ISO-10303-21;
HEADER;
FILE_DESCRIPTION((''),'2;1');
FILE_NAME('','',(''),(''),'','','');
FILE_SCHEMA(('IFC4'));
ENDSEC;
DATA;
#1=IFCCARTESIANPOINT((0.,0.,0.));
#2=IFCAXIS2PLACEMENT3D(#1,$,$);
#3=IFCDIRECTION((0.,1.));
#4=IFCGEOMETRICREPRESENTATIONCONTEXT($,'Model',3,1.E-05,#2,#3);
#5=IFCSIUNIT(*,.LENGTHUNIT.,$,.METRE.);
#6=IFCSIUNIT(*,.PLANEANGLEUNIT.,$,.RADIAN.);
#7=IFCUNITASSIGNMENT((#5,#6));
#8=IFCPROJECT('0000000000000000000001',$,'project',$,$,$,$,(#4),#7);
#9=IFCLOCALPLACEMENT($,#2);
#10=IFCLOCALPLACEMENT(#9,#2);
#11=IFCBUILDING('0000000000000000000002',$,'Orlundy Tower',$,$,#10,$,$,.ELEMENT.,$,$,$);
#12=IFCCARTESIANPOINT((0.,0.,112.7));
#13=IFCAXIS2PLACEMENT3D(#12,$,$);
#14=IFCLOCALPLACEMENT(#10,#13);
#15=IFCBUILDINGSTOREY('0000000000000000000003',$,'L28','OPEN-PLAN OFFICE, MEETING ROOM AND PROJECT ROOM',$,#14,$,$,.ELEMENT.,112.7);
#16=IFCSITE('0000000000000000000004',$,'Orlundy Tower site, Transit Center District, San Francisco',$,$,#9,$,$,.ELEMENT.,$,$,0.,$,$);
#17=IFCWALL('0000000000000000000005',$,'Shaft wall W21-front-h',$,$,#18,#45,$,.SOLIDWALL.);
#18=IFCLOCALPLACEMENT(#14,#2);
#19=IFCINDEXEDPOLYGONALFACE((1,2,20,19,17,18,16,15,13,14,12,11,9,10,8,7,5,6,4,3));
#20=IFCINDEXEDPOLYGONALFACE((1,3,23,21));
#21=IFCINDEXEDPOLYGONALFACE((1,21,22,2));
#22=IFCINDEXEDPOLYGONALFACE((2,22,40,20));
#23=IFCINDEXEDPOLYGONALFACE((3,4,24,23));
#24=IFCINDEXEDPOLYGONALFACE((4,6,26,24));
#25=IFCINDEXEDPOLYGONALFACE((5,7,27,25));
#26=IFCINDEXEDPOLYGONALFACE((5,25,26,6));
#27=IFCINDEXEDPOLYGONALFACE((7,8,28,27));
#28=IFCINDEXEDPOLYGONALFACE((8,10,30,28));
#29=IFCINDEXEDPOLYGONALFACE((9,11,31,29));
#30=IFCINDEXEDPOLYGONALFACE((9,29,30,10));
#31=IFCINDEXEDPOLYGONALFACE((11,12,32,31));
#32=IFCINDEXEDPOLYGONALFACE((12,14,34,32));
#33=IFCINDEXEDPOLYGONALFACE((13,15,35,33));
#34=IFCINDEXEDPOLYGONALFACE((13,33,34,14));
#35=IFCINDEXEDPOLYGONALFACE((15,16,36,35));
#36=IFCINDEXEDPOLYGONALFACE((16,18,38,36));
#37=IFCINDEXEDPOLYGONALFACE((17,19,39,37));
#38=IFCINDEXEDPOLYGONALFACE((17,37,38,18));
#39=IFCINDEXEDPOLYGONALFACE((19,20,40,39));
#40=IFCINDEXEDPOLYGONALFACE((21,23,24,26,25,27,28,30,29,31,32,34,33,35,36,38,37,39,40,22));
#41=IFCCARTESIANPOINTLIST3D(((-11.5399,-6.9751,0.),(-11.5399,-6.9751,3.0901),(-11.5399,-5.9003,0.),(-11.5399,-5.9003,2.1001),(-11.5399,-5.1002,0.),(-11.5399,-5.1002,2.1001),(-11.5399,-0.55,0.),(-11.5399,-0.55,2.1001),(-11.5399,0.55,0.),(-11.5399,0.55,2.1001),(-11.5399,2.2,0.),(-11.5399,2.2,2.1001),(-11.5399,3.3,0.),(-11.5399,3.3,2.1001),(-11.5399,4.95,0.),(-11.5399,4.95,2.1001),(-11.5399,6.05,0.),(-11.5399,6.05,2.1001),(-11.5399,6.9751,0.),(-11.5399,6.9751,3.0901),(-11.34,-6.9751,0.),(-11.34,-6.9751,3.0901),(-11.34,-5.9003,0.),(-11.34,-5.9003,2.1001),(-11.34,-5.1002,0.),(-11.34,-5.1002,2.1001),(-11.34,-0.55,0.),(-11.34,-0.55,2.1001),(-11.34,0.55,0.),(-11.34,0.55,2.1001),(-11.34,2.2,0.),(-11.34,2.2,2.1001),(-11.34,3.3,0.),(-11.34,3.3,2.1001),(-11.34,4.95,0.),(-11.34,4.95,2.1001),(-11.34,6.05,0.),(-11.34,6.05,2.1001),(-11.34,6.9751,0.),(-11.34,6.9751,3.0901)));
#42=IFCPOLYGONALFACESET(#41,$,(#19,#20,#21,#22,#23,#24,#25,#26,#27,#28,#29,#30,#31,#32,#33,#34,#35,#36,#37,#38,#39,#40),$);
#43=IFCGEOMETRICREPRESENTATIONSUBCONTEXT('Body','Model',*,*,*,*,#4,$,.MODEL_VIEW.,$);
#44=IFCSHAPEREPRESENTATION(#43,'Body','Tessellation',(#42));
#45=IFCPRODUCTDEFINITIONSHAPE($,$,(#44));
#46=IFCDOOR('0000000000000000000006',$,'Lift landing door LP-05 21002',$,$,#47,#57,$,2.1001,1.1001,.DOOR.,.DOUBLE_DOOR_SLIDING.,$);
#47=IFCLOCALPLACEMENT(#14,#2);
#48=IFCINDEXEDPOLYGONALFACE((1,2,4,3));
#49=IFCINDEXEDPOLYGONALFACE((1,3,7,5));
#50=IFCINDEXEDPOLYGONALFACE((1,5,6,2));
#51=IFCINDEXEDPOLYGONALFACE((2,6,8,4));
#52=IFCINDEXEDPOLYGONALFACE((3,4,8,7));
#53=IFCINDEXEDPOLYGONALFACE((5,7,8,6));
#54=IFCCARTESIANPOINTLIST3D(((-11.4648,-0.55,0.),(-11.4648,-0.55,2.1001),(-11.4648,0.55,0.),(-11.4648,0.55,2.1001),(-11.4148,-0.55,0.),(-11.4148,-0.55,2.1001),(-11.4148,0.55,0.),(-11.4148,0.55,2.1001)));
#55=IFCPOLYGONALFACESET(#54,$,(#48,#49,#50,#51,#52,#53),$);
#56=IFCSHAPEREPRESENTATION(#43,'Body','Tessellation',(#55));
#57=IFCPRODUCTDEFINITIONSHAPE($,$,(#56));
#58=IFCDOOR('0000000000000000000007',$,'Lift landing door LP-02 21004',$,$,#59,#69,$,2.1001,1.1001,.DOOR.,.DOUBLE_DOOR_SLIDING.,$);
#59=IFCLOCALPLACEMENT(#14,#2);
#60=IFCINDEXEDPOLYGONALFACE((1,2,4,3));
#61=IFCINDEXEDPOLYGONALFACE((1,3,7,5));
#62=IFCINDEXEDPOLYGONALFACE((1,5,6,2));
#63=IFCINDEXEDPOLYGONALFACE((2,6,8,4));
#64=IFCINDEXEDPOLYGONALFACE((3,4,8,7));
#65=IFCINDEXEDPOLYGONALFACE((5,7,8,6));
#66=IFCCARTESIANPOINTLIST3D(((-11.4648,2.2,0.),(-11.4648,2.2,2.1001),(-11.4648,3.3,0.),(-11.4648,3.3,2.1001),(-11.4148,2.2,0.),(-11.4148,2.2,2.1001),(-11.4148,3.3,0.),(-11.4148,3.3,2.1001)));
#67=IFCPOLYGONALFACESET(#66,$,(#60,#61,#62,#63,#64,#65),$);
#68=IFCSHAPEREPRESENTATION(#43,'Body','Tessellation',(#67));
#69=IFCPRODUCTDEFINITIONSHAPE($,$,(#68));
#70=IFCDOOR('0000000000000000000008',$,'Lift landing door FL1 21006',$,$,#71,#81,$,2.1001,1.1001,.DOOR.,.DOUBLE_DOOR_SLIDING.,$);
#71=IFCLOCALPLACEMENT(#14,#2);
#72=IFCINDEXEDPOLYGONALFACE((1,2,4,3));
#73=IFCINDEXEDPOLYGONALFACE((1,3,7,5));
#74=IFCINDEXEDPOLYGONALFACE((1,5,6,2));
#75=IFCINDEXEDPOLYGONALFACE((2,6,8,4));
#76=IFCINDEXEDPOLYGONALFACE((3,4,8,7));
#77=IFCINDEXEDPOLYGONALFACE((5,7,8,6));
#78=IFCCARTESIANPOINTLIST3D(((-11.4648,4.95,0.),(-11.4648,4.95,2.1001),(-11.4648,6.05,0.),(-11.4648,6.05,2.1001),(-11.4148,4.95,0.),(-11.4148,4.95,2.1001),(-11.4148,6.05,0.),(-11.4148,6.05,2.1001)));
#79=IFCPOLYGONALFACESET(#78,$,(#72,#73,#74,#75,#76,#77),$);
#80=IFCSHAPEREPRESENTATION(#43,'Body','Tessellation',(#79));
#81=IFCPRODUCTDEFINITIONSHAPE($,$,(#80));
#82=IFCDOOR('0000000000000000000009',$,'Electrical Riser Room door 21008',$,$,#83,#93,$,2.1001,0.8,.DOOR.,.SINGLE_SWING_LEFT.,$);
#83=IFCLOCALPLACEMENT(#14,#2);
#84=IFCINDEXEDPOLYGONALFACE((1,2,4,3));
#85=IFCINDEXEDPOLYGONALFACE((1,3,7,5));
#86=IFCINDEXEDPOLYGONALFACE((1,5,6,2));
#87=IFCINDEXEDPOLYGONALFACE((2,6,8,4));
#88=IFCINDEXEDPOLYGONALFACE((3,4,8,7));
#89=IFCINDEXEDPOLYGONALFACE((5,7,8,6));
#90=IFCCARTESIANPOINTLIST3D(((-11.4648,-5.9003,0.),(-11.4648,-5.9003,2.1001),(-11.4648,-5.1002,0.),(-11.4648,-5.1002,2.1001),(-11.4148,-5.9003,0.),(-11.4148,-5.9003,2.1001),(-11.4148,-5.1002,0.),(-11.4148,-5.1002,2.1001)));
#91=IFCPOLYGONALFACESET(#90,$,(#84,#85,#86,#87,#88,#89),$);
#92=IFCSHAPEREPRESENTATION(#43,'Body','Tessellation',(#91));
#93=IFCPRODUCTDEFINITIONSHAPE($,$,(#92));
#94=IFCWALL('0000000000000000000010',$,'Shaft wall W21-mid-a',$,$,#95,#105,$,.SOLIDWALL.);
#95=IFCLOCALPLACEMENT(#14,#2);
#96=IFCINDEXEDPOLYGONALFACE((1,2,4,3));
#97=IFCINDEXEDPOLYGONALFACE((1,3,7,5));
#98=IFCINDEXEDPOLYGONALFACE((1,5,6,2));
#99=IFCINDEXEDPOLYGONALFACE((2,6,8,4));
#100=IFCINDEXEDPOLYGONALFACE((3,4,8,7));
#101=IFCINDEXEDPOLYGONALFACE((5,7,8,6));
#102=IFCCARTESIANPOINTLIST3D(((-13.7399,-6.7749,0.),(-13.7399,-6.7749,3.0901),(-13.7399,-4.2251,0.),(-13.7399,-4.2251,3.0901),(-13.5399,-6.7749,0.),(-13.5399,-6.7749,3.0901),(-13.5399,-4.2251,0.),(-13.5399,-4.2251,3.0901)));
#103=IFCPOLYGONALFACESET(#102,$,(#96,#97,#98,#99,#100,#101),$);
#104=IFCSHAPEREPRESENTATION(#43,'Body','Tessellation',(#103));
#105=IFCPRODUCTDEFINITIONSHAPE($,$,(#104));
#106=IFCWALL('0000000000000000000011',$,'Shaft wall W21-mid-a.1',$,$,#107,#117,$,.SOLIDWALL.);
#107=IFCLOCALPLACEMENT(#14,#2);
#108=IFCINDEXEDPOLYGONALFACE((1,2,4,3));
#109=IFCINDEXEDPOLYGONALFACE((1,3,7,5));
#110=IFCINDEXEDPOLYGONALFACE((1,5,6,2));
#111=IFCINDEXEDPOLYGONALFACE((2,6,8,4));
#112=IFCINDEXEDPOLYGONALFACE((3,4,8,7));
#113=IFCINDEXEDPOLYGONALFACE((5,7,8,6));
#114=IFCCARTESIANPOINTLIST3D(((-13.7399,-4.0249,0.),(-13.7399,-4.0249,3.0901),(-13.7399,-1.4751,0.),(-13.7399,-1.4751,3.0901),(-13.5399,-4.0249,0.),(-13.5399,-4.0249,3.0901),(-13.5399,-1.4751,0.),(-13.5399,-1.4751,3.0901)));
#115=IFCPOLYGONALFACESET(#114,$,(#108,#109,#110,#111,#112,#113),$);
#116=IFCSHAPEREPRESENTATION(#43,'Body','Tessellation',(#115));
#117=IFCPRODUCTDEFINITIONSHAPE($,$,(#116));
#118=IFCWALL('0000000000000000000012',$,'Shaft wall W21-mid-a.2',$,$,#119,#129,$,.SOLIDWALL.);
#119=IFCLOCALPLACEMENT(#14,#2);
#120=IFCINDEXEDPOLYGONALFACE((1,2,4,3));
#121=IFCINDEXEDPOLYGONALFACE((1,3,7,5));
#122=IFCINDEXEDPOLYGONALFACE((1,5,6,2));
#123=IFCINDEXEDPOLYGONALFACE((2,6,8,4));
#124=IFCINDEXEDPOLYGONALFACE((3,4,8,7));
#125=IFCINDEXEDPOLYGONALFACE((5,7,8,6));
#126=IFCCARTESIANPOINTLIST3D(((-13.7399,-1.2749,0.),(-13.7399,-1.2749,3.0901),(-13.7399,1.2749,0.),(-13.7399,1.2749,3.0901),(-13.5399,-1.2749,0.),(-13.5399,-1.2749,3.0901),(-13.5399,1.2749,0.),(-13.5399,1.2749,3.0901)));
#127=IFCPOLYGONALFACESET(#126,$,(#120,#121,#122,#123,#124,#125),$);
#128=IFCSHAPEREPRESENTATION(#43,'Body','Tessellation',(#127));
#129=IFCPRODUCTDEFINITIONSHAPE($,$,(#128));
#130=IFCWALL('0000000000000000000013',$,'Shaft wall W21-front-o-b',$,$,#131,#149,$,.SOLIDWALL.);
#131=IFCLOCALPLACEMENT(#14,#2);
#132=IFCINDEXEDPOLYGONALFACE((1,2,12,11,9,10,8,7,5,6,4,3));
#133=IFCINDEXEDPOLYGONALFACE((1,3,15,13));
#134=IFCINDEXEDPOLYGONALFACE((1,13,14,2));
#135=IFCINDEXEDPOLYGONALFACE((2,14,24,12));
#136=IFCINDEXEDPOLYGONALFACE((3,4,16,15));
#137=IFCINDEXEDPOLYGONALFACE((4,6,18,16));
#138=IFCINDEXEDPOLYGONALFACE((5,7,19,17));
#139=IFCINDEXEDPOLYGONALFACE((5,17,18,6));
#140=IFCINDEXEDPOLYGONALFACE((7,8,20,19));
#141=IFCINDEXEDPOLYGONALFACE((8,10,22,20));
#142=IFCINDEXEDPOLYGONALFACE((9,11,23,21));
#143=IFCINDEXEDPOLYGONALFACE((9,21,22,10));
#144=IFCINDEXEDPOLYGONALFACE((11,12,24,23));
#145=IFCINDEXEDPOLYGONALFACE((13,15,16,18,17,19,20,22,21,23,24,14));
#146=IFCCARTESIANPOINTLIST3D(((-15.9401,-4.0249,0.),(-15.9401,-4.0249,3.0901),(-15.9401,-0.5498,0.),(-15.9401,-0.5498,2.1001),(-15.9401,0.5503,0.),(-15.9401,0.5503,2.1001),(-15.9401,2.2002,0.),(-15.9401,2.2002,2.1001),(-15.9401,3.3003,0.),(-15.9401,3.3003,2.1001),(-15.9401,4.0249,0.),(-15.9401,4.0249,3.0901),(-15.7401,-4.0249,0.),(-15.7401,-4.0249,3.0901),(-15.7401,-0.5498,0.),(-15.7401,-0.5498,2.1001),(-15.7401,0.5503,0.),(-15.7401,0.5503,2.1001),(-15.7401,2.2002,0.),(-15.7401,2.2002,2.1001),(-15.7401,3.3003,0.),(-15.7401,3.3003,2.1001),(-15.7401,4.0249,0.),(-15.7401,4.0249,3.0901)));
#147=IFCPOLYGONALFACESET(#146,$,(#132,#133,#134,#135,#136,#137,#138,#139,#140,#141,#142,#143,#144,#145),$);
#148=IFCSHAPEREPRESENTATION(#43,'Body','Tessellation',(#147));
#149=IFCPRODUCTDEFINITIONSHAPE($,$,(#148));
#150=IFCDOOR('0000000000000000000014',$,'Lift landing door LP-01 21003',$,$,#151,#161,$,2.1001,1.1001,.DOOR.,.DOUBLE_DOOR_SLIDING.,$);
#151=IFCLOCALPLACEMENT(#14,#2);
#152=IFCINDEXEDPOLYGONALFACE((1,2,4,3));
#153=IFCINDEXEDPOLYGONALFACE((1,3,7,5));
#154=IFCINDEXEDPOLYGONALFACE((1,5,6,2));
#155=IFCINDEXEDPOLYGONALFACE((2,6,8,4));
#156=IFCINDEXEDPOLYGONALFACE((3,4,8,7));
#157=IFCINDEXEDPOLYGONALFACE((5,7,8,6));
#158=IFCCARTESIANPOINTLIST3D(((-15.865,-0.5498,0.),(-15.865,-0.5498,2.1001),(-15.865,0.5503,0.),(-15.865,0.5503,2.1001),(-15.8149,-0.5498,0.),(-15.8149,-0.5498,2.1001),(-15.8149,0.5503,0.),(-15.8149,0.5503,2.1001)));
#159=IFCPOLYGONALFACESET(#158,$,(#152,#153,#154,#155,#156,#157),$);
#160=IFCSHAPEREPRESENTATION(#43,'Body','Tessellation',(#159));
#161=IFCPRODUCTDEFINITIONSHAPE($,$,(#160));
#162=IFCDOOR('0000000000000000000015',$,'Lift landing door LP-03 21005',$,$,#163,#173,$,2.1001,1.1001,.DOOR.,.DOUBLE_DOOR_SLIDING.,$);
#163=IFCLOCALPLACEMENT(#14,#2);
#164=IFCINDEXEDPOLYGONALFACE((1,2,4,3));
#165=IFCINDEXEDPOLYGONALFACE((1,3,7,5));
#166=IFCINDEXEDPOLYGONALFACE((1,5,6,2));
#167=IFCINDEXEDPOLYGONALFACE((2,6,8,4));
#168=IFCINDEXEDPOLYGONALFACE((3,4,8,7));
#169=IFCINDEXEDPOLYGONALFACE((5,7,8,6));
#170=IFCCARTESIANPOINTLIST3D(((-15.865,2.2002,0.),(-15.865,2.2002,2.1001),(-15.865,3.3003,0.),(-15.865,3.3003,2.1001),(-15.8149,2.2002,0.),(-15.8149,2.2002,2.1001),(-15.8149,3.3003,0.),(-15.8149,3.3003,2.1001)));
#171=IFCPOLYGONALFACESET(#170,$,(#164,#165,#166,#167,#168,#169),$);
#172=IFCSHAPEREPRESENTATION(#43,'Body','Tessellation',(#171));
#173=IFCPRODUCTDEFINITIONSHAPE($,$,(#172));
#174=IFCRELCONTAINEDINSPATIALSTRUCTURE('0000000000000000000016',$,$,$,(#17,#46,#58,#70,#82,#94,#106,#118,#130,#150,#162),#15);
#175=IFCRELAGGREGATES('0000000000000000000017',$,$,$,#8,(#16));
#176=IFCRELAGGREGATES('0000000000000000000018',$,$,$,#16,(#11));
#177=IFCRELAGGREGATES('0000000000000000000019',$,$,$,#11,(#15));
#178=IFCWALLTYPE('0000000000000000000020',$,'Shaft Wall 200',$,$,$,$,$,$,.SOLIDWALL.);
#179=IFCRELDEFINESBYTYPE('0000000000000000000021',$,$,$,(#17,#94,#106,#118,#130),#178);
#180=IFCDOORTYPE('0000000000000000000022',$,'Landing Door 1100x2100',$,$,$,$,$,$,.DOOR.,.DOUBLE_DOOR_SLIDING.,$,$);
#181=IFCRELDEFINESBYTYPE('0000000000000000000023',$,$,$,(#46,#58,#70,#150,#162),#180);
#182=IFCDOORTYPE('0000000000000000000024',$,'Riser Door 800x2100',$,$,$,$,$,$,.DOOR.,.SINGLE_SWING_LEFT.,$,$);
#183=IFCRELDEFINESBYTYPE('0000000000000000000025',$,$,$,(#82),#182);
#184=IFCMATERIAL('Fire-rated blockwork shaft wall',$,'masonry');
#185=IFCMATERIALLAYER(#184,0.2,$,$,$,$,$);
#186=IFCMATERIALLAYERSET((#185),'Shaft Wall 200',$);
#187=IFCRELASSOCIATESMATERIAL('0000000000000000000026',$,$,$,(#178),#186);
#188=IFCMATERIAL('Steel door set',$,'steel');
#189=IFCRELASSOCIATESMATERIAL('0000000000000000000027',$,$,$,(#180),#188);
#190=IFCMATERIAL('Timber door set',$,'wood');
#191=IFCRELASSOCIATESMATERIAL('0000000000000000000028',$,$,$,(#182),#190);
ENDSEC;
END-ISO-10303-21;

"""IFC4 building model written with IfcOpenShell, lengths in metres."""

from ifc_helpers import new_model, si_unit, direction, frame, frame_2d, origin, place, context, subcontext, project, spatial, rectangle, extrude, material, layer, layer_set, type_object, element, fill, save


model = new_model("IFC4")

# Units and contexts
model_context = context("Model", 3, precision=1e-05, world=origin(), true_north=direction((0.0, 1.0)))
body_context = subcontext(model_context, "Body", "Model", "MODEL_VIEW")
ifc_project = project(units=[si_unit("LENGTHUNIT", "METRE"), si_unit("PLANEANGLEUNIT", "RADIAN")], contexts=[model_context])

# Site, building, storey
site_placement = place(None, origin())
site = spatial("IfcSite", under=ifc_project, at=site_placement, Name="Orlundy Tower site, Transit Center District, San Francisco", CompositionType="ELEMENT", RefElevation=0.0)
building_placement = place(site_placement, origin())
building = spatial("IfcBuilding", under=site, at=building_placement, Name="Orlundy Tower", CompositionType="ELEMENT")
storey_placement = place(building_placement, frame((0.0, 0.0, 112.7)))
storey = spatial("IfcBuildingStorey", under=building, at=storey_placement, Name="L28", Description="OPEN-PLAN OFFICE, MEETING ROOM AND PROJECT ROOM", CompositionType="ELEMENT", Elevation=112.7)

# Shared definitions
ifc_material_1 = material(Name="Fire-rated blockwork shaft wall", Category="masonry")
ifc_layer_1 = layer(ifc_material_1, 0.2)
ifc_layer_set_1 = layer_set([ifc_layer_1], Name="Shaft Wall 200")
wall_type_1 = type_object("IfcWallType", Name="Shaft Wall 200", PredefinedType="SOLIDWALL", material=ifc_layer_set_1)

# Wall, openings, doors
wall_1_placement = place(storey_placement, frame((-11.4399, -6.9751, 0.0), z_axis=(0.0, 0.0, 1.0), x_axis=(0.0, 1.0, 0.0)))
wall_1 = element("IfcWall", 1, at=wall_1_placement, inside=storey, type_object=wall_type_1, Name="Shaft wall W21-front-h", PredefinedType="SOLIDWALL", context=body_context, shape_type="SweptSolid", body=[
    extrude(rectangle(XDim=13.9502, YDim=0.2, at=frame_2d((6.9751, 0.0))), origin(), (0.0, 0.0, 1.0), 3.0901),
])
opening_1_placement = place(wall_1_placement, frame((6.425, 0.0, 0.0)))
opening_1 = element("IfcOpeningElement", 2, at=opening_1_placement, cuts=wall_1, PredefinedType="OPENING", context=body_context, shape_type="SweptSolid", body=[
    extrude(rectangle(XDim=1.1001, YDim=2.1001, at=frame_2d((0.55, 1.05))), frame((0.0, 0.1101, 0.0), z_axis=(0.0, -1.0, 0.0), x_axis=(1.0, 0.0, 0.0)), (0.0, 0.0, 1.0), 0.2202),
])
opening_2_placement = place(wall_1_placement, frame((9.175, 0.0, 0.0)))
opening_2 = element("IfcOpeningElement", 3, at=opening_2_placement, cuts=wall_1, PredefinedType="OPENING", context=body_context, shape_type="SweptSolid", body=[
    extrude(rectangle(XDim=1.1001, YDim=2.1001, at=frame_2d((0.55, 1.05))), frame((0.0, 0.1101, 0.0), z_axis=(0.0, -1.0, 0.0), x_axis=(1.0, 0.0, 0.0)), (0.0, 0.0, 1.0), 0.2202),
])
opening_3_placement = place(wall_1_placement, frame((11.925, 0.0, 0.0)))
opening_3 = element("IfcOpeningElement", 4, at=opening_3_placement, cuts=wall_1, PredefinedType="OPENING", context=body_context, shape_type="SweptSolid", body=[
    extrude(rectangle(XDim=1.1001, YDim=2.1001, at=frame_2d((0.55, 1.05))), frame((0.0, 0.1101, 0.0), z_axis=(0.0, -1.0, 0.0), x_axis=(1.0, 0.0, 0.0)), (0.0, 0.0, 1.0), 0.2202),
])
opening_4_placement = place(wall_1_placement, frame((1.075, 0.0, 0.0)))
opening_4 = element("IfcOpeningElement", 5, at=opening_4_placement, cuts=wall_1, PredefinedType="OPENING", context=body_context, shape_type="SweptSolid", body=[
    extrude(rectangle(XDim=0.8, YDim=2.1001, at=frame_2d((0.3999, 1.05))), frame((0.0, 0.1101, 0.0), z_axis=(0.0, -1.0, 0.0), x_axis=(1.0, 0.0, 0.0)), (0.0, 0.0, 1.0), 0.2202),
])
ifc_material_2 = material(Name="Steel door set", Category="steel")
door_type_1 = type_object("IfcDoorType", Name="Landing Door 1100x2100", OperationType="DOUBLE_DOOR_SLIDING", PredefinedType="DOOR", material=ifc_material_2)
door_1_placement = place(opening_1_placement, origin())
door_1 = element("IfcDoor", 6, at=door_1_placement, inside=storey, type_object=door_type_1, Name="Lift landing door LP-05 21002", OperationType="DOUBLE_DOOR_SLIDING", OverallHeight=2.1001, OverallWidth=1.1001, PredefinedType="DOOR", context=body_context, shape_type="SweptSolid", body=[
    extrude(rectangle(XDim=1.1001, YDim=2.1001, at=frame_2d((0.55, 1.05))), frame((0.0, 0.0249, 0.0), z_axis=(0.0, -1.0, 0.0), x_axis=(1.0, 0.0, 0.0)), (0.0, 0.0, 1.0), 0.05),
])
fill(opening_1, door_1)
door_2_placement = place(opening_2_placement, origin())
door_2 = element("IfcDoor", 7, at=door_2_placement, inside=storey, type_object=door_type_1, Name="Lift landing door LP-02 21004", OperationType="DOUBLE_DOOR_SLIDING", OverallHeight=2.1001, OverallWidth=1.1001, PredefinedType="DOOR", context=body_context, shape_type="SweptSolid", body=[
    extrude(rectangle(XDim=1.1001, YDim=2.1001, at=frame_2d((0.55, 1.05))), frame((0.0, 0.0249, 0.0), z_axis=(0.0, -1.0, 0.0), x_axis=(1.0, 0.0, 0.0)), (0.0, 0.0, 1.0), 0.05),
])
fill(opening_2, door_2)
door_3_placement = place(opening_3_placement, origin())
door_3 = element("IfcDoor", 8, at=door_3_placement, inside=storey, type_object=door_type_1, Name="Lift landing door FL1 21006", OperationType="DOUBLE_DOOR_SLIDING", OverallHeight=2.1001, OverallWidth=1.1001, PredefinedType="DOOR", context=body_context, shape_type="SweptSolid", body=[
    extrude(rectangle(XDim=1.1001, YDim=2.1001, at=frame_2d((0.55, 1.05))), frame((0.0, 0.0249, 0.0), z_axis=(0.0, -1.0, 0.0), x_axis=(1.0, 0.0, 0.0)), (0.0, 0.0, 1.0), 0.05),
])
fill(opening_3, door_3)
ifc_material_3 = material(Name="Timber door set", Category="wood")
door_type_2 = type_object("IfcDoorType", Name="Riser Door 800x2100", OperationType="SINGLE_SWING_LEFT", PredefinedType="DOOR", material=ifc_material_3)
door_4_placement = place(opening_4_placement, origin())
door_4 = element("IfcDoor", 9, at=door_4_placement, inside=storey, type_object=door_type_2, Name="Electrical Riser Room door 21008", OperationType="SINGLE_SWING_LEFT", OverallHeight=2.1001, OverallWidth=0.8, PredefinedType="DOOR", context=body_context, shape_type="SweptSolid", body=[
    extrude(rectangle(XDim=0.8, YDim=2.1001, at=frame_2d((0.3999, 1.05))), frame((0.0, 0.0249, 0.0), z_axis=(0.0, -1.0, 0.0), x_axis=(1.0, 0.0, 0.0)), (0.0, 0.0, 1.0), 0.05),
])
fill(opening_4, door_4)

# Walls
for number, where, z_axis, x_axis, name in (
    (10, (-13.6399, -6.7749, 0.0), (0.0, 0.0, 1.0), (0.0, 1.0, 0.0), "Shaft wall W21-mid-a"),
    (11, (-13.6399, -4.0249, 0.0), (0.0, 0.0, 1.0), (0.0, 1.0, 0.0), "Shaft wall W21-mid-a.1"),
    (12, (-13.6399, -1.2749, 0.0), (0.0, 0.0, 1.0), (0.0, 1.0, 0.0), "Shaft wall W21-mid-a.2"),
):
    element("IfcWall", number, at=place(storey_placement, frame(where, z_axis=z_axis, x_axis=x_axis)), inside=storey, type_object=wall_type_1, Name=name, PredefinedType="SOLIDWALL", context=body_context, shape_type="SweptSolid", body=[
        extrude(rectangle(XDim=2.5498, YDim=0.2, at=frame_2d((1.2749, 0.0))), origin(), (0.0, 0.0, 1.0), 3.0901),
    ])

# Wall, openings, doors
wall_2_placement = place(storey_placement, frame((-15.8401, -4.0249, 0.0), z_axis=(0.0, 0.0, 1.0), x_axis=(0.0, 1.0, 0.0)))
wall_2 = element("IfcWall", 13, at=wall_2_placement, inside=storey, type_object=wall_type_1, Name="Shaft wall W21-front-o-b", PredefinedType="SOLIDWALL", context=body_context, shape_type="SweptSolid", body=[
    extrude(rectangle(XDim=8.0498, YDim=0.2, at=frame_2d((4.0249, 0.0))), origin(), (0.0, 0.0, 1.0), 3.0901),
])
opening_5_placement = place(wall_2_placement, frame((3.4751, 0.0, 0.0)))
opening_5 = element("IfcOpeningElement", 14, at=opening_5_placement, cuts=wall_2, PredefinedType="OPENING", context=body_context, shape_type="SweptSolid", body=[
    extrude(rectangle(XDim=1.1001, YDim=2.1001, at=frame_2d((0.55, 1.05))), frame((0.0, 0.1101, 0.0), z_axis=(0.0, -1.0, 0.0), x_axis=(1.0, 0.0, 0.0)), (0.0, 0.0, 1.0), 0.2202),
])
opening_6_placement = place(wall_2_placement, frame((6.2251, 0.0, 0.0)))
opening_6 = element("IfcOpeningElement", 15, at=opening_6_placement, cuts=wall_2, PredefinedType="OPENING", context=body_context, shape_type="SweptSolid", body=[
    extrude(rectangle(XDim=1.1001, YDim=2.1001, at=frame_2d((0.55, 1.05))), frame((0.0, 0.1101, 0.0), z_axis=(0.0, -1.0, 0.0), x_axis=(1.0, 0.0, 0.0)), (0.0, 0.0, 1.0), 0.2202),
])
door_5_placement = place(opening_5_placement, origin())
door_5 = element("IfcDoor", 16, at=door_5_placement, inside=storey, type_object=door_type_1, Name="Lift landing door LP-01 21003", OperationType="DOUBLE_DOOR_SLIDING", OverallHeight=2.1001, OverallWidth=1.1001, PredefinedType="DOOR", context=body_context, shape_type="SweptSolid", body=[
    extrude(rectangle(XDim=1.1001, YDim=2.1001, at=frame_2d((0.55, 1.05))), frame((0.0, 0.0249, 0.0), z_axis=(0.0, -1.0, 0.0), x_axis=(1.0, 0.0, 0.0)), (0.0, 0.0, 1.0), 0.05),
])
fill(opening_5, door_5)
door_6_placement = place(opening_6_placement, origin())
door_6 = element("IfcDoor", 17, at=door_6_placement, inside=storey, type_object=door_type_1, Name="Lift landing door LP-03 21005", OperationType="DOUBLE_DOOR_SLIDING", OverallHeight=2.1001, OverallWidth=1.1001, PredefinedType="DOOR", context=body_context, shape_type="SweptSolid", body=[
    extrude(rectangle(XDim=1.1001, YDim=2.1001, at=frame_2d((0.55, 1.05))), frame((0.0, 0.0249, 0.0), z_axis=(0.0, -1.0, 0.0), x_axis=(1.0, 0.0, 0.0)), (0.0, 0.0, 1.0), 0.05),
])
fill(opening_6, door_6)

save(model, "model.ifc")
